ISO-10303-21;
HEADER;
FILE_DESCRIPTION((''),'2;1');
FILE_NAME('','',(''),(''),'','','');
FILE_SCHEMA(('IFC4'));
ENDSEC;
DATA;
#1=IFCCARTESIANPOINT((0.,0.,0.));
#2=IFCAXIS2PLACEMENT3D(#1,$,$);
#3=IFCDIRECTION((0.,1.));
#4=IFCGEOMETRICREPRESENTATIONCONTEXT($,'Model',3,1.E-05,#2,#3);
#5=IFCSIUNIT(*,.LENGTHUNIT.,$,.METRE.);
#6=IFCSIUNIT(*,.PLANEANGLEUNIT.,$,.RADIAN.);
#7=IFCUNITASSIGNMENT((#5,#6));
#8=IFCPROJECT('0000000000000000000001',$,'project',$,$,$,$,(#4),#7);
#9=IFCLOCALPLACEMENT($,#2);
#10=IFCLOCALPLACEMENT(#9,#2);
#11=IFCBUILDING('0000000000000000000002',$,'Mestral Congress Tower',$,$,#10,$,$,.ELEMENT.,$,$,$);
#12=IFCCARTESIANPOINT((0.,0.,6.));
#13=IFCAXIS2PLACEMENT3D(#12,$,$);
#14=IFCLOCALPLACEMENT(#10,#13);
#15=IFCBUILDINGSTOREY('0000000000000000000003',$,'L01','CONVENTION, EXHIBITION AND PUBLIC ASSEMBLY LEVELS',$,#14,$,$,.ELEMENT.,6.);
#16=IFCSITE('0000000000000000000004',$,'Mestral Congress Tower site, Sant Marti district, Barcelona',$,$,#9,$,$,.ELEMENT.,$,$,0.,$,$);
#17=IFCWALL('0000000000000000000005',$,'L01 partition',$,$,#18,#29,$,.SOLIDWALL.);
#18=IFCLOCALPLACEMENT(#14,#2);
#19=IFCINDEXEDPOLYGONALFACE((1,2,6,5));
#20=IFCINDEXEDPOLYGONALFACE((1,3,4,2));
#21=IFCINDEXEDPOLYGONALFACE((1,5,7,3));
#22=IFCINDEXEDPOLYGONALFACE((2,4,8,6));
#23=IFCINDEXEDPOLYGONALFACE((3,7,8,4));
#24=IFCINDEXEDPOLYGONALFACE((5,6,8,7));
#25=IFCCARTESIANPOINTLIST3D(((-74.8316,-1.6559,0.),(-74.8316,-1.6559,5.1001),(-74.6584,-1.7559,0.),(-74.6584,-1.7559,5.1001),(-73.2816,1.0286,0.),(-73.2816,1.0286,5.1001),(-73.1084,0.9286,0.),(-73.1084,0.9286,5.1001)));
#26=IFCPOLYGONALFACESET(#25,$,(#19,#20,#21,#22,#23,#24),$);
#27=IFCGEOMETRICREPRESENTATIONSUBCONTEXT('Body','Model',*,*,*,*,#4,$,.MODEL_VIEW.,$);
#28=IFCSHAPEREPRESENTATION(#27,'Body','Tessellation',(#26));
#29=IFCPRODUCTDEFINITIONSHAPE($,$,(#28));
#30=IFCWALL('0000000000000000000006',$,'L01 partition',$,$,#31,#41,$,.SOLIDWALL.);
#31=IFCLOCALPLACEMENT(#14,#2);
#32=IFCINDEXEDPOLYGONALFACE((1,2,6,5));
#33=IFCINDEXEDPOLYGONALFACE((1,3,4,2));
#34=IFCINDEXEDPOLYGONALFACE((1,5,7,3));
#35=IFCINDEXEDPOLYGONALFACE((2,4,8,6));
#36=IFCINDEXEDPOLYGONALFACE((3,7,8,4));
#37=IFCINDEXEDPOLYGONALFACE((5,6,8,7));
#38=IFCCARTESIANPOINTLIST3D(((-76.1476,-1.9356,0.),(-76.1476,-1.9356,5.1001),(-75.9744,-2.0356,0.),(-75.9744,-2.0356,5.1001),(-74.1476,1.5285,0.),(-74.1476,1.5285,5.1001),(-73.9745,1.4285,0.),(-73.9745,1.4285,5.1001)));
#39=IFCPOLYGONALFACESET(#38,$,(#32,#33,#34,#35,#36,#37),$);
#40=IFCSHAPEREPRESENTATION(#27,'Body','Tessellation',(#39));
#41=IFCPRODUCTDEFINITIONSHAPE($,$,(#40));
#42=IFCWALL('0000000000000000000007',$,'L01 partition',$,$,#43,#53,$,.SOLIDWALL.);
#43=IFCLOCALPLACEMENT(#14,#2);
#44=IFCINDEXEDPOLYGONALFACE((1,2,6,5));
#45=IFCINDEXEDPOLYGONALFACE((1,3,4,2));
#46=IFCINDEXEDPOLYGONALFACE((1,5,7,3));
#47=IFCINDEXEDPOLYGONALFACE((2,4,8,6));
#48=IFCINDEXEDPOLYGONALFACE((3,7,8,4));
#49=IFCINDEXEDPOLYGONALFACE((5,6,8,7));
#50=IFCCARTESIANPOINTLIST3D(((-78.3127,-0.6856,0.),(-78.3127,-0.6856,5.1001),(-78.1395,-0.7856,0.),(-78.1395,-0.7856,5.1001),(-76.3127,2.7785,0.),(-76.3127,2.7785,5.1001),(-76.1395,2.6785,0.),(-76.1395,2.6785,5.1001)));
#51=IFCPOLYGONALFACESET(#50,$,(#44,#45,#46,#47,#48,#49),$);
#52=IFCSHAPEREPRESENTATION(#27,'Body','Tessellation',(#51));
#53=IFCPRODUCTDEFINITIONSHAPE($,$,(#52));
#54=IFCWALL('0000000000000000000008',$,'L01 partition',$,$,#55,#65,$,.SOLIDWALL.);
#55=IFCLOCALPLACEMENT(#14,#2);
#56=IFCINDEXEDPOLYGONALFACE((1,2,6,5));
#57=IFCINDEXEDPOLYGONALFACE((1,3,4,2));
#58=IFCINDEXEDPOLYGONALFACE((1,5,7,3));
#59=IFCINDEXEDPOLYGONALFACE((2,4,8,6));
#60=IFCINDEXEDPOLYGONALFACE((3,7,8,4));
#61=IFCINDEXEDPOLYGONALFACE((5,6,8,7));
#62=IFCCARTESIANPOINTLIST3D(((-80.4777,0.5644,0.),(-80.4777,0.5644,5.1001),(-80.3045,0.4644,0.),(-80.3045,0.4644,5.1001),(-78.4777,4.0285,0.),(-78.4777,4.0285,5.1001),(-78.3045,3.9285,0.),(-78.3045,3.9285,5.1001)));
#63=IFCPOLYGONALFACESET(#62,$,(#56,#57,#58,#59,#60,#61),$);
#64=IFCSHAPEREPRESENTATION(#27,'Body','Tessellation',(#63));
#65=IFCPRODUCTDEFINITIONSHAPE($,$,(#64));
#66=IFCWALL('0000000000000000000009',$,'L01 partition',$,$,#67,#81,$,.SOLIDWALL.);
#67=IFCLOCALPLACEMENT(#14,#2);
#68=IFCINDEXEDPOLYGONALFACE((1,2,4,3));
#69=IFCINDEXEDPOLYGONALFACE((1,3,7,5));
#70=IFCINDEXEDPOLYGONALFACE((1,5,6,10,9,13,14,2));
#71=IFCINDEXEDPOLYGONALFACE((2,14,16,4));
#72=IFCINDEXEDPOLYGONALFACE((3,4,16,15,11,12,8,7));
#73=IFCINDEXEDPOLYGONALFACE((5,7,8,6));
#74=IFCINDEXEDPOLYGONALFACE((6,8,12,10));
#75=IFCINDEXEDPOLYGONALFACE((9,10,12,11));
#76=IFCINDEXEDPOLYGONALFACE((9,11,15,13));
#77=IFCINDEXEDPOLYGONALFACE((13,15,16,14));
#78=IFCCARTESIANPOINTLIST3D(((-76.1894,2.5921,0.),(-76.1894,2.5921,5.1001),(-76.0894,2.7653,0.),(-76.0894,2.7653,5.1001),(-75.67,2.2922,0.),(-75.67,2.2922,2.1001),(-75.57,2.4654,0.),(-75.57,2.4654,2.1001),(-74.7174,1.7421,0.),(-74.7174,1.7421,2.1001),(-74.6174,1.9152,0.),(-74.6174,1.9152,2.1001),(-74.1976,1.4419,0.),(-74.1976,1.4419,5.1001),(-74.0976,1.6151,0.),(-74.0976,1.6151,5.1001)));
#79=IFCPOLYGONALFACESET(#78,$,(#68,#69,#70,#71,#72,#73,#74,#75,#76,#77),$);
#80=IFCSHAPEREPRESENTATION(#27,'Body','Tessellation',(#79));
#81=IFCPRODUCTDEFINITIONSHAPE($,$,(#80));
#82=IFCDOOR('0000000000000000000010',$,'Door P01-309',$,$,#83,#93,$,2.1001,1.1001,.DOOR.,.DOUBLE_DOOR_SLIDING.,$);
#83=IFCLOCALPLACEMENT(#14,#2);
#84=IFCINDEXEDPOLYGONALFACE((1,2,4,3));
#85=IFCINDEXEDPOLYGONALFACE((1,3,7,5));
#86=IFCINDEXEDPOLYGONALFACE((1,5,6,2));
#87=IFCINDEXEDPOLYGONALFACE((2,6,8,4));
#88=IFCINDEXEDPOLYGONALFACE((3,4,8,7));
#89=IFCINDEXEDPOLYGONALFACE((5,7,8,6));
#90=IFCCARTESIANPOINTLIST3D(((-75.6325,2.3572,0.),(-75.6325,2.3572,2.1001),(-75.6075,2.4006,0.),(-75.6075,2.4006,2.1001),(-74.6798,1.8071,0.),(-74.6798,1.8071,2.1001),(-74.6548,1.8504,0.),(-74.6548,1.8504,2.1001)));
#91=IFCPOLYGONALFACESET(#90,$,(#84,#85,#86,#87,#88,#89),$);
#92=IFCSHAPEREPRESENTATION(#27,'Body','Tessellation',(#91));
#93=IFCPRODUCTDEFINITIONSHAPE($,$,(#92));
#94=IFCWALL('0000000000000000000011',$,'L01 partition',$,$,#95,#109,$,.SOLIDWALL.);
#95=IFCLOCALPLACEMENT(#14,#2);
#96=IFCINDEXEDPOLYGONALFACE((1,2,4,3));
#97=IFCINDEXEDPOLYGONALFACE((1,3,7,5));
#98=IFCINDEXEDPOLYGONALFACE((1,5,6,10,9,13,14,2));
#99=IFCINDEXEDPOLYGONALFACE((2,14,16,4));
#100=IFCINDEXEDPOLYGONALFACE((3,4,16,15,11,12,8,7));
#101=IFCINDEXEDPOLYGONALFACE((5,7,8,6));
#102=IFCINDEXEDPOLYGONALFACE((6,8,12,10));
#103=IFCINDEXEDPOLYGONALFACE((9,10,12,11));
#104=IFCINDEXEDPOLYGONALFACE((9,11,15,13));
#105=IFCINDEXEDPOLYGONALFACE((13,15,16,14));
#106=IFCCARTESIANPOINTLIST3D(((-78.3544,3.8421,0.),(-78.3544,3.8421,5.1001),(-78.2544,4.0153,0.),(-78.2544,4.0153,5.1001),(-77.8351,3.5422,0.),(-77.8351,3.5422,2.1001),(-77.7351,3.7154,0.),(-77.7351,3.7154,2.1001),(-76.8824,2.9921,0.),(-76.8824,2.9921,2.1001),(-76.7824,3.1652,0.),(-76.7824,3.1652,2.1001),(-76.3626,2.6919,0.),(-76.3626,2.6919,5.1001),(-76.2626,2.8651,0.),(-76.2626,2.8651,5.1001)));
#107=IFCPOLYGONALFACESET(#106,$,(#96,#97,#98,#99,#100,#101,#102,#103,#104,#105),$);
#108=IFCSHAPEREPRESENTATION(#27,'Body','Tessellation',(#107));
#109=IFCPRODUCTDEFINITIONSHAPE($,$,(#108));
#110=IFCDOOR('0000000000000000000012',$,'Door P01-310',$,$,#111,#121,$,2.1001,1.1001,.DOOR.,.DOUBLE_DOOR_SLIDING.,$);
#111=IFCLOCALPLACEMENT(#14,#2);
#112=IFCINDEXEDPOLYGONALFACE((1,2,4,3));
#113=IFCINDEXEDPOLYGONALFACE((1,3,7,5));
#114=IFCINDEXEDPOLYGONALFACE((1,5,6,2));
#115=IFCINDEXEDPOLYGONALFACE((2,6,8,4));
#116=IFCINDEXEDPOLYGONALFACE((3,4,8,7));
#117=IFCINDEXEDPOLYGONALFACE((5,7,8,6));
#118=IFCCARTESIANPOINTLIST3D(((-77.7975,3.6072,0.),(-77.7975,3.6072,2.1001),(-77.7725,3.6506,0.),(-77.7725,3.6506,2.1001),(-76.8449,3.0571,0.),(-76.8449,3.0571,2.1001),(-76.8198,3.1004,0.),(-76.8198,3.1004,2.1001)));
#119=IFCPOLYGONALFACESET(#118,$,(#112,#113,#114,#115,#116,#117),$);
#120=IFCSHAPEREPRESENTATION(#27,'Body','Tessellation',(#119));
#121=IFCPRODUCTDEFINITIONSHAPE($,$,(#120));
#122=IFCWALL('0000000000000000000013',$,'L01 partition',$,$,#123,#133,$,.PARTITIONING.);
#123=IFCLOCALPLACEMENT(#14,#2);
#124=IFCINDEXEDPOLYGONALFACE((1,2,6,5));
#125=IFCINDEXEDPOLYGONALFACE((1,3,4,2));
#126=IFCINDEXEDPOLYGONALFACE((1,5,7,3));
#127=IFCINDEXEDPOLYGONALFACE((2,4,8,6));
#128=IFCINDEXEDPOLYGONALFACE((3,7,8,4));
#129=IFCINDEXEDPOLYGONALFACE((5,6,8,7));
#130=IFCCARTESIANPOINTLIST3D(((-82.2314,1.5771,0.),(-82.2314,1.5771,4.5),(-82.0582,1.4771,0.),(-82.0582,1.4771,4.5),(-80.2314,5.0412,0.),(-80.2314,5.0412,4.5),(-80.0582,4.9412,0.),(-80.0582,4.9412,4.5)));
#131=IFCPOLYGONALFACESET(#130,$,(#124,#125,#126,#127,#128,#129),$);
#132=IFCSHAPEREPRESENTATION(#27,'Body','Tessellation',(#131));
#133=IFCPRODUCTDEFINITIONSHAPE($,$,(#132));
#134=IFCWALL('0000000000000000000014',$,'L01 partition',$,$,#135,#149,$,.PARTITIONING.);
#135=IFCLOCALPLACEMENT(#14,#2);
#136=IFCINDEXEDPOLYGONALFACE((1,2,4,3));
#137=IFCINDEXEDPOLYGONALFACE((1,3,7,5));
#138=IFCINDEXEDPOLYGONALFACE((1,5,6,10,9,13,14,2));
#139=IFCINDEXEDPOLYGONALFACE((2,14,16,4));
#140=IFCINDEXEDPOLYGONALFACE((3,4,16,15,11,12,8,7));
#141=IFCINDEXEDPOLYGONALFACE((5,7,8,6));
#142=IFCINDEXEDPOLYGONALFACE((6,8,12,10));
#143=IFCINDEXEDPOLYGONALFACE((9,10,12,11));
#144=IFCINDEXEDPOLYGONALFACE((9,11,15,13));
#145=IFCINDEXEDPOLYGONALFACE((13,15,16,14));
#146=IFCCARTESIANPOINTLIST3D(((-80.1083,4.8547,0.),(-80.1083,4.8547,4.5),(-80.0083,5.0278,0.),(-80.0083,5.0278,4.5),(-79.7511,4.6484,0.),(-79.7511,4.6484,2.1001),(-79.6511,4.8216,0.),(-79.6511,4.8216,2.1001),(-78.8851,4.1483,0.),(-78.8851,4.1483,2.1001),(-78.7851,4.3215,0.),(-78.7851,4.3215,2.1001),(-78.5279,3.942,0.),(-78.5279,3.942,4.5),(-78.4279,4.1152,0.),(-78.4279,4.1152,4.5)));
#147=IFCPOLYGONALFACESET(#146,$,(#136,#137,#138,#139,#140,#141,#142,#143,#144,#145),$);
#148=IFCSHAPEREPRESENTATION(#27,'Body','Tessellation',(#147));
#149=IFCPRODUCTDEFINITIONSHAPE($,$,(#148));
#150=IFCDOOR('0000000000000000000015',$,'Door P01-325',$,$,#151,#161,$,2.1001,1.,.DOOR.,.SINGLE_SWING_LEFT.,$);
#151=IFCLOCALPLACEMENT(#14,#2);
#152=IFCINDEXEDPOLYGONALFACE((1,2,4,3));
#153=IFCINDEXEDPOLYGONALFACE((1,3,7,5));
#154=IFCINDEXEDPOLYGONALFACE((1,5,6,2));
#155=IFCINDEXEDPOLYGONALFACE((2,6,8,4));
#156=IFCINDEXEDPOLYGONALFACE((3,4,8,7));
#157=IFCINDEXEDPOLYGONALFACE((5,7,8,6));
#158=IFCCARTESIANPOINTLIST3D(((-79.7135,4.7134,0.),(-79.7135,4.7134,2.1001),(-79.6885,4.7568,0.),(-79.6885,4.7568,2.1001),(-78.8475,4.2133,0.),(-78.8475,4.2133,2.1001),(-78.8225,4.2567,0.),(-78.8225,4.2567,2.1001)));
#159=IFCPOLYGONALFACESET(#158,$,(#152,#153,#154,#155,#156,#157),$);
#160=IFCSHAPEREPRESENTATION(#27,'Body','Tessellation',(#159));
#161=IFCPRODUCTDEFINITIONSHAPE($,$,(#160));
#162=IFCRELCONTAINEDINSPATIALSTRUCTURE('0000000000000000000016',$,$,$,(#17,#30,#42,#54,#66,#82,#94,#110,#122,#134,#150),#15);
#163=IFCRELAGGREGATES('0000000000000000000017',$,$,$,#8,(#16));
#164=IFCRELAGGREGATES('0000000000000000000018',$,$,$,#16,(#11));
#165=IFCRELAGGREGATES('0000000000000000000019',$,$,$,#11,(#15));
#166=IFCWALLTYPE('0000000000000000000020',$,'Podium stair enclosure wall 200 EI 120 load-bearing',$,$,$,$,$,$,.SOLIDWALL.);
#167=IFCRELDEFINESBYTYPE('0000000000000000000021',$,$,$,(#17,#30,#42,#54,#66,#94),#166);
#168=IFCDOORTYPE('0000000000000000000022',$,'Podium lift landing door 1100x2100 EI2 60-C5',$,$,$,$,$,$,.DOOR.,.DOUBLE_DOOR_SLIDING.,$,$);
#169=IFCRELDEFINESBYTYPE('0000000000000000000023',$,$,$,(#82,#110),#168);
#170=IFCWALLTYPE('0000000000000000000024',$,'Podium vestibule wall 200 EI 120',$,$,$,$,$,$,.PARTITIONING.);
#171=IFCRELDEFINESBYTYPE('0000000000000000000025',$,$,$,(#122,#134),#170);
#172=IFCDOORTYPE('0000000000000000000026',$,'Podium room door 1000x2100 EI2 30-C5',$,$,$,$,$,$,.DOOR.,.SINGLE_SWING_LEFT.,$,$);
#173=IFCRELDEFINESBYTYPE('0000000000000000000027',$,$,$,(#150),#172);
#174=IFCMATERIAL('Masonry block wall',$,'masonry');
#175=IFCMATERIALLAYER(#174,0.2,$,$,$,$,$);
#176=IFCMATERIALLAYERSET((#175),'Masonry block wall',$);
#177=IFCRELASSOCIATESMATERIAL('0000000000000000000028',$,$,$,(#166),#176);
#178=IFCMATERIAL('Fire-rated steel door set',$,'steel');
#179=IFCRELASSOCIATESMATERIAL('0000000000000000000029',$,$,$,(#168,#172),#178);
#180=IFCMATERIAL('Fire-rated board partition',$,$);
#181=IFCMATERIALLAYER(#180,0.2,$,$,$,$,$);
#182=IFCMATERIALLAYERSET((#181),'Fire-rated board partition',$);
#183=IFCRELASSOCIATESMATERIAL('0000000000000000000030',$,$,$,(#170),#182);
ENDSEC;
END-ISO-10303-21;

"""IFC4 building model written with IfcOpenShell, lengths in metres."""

from ifc_helpers import new_model, si_unit, direction, frame, frame_2d, origin, place, context, subcontext, project, spatial, rectangle, extrude, material, layer, layer_set, type_object, element, fill, save


model = new_model("IFC4")

# Units and contexts
model_context = context("Model", 3, precision=1e-05, world=origin(), true_north=direction((0.0, 1.0)))
body_context = subcontext(model_context, "Body", "Model", "MODEL_VIEW")
ifc_project = project(units=[si_unit("LENGTHUNIT", "METRE"), si_unit("PLANEANGLEUNIT", "RADIAN")], contexts=[model_context])

# Site, building, storey
site_placement = place(None, origin())
site = spatial("IfcSite", under=ifc_project, at=site_placement, Name="Mestral Congress Tower site, Sant Marti district, Barcelona", CompositionType="ELEMENT", RefElevation=0.0)
building_placement = place(site_placement, origin())
building = spatial("IfcBuilding", under=site, at=building_placement, Name="Mestral Congress Tower", CompositionType="ELEMENT")
storey_placement = place(building_placement, frame((0.0, 0.0, 6.0)))
storey = spatial("IfcBuildingStorey", under=building, at=storey_placement, Name="L01", Description="CONVENTION, EXHIBITION AND PUBLIC ASSEMBLY LEVELS", CompositionType="ELEMENT", Elevation=6.0)

# Walls
ifc_material_1 = material(Name="Masonry block wall", Category="masonry")
ifc_layer_1 = layer(ifc_material_1, 0.2)
ifc_layer_set_1 = layer_set([ifc_layer_1], Name="Masonry block wall")
wall_type_1 = type_object("IfcWallType", Name="Podium stair enclosure wall 200 EI 120 load-bearing", PredefinedType="SOLIDWALL", material=ifc_layer_set_1)
wall_1_placement = place(storey_placement, frame((-73.1951, 0.9785, 0.0), z_axis=(0.0, 0.0, 1.0), x_axis=(-0.500027, -0.86601, 0.0)))
element("IfcWall", 1, at=wall_1_placement, inside=storey, type_object=wall_type_1, Name="L01 partition", PredefinedType="SOLIDWALL", context=body_context, shape_type="SweptSolid", body=[
    extrude(rectangle(XDim=3.0999, YDim=0.2, at=frame_2d((1.5498, 0.0))), origin(), (0.0, 0.0, 1.0), 5.1001),
])
for number, where, z_axis, x_axis, name in (
    (2, (-74.061, 1.4785, 0.0), (0.0, 0.0, 1.0), (-0.499999, -0.866026, 0.0), "L01 partition"),
    (3, (-76.2261, 2.7285, 0.0), (0.0, 0.0, 1.0), (-0.499999, -0.866026, 0.0), "L01 partition"),
    (4, (-78.3911, 3.9785, 0.0), (0.0, 0.0, 1.0), (-0.499999, -0.866026, 0.0), "L01 partition"),
):
    element("IfcWall", number, at=place(storey_placement, frame(where, z_axis=z_axis, x_axis=x_axis)), inside=storey, type_object=wall_type_1, Name=name, PredefinedType="SOLIDWALL", context=body_context, shape_type="SweptSolid", body=[
        extrude(rectangle(XDim=4.0, YDim=0.2, at=frame_2d((2.0, 0.0))), origin(), (0.0, 0.0, 1.0), 5.1001),
    ])

# Walls, openings, doors
wall_2_placement = place(storey_placement, frame((-74.1477, 1.5286, 0.0), z_axis=(0.0, 0.0, 1.0), x_axis=(-0.865981, 0.500078, 0.0)))
wall_2 = element("IfcWall", 5, at=wall_2_placement, inside=storey, type_object=wall_type_1, Name="L01 partition", PredefinedType="SOLIDWALL", context=body_context, shape_type="SweptSolid", body=[
    extrude(rectangle(XDim=2.3, YDim=0.2, at=frame_2d((1.1499, 0.0))), origin(), (0.0, 0.0, 1.0), 5.1001),
])
opening_1_placement = place(wall_2_placement, frame((0.6001, 0.0, 0.0)))
opening_1 = element("IfcOpeningElement", 6, at=opening_1_placement, cuts=wall_2, PredefinedType="OPENING", context=body_context, shape_type="SweptSolid", body=[
    extrude(rectangle(XDim=1.1001, YDim=2.1001, at=frame_2d((0.55, 1.05))), frame((0.0, 0.1099, 0.0), z_axis=(0.0, -1.0, 0.0), x_axis=(1.0, 0.0, 0.0)), (0.0, 0.0, 1.0), 0.22),
])
ifc_material_2 = material(Name="Fire-rated steel door set", Category="steel")
door_type_1 = type_object("IfcDoorType", Name="Podium lift landing door 1100x2100 EI2 60-C5", OperationType="DOUBLE_DOOR_SLIDING", PredefinedType="DOOR", material=ifc_material_2)
door_1_placement = place(opening_1_placement, origin())
door_1 = element("IfcDoor", 7, at=door_1_placement, inside=storey, type_object=door_type_1, Name="Door P01-309", OperationType="DOUBLE_DOOR_SLIDING", OverallHeight=2.1001, OverallWidth=1.1001, PredefinedType="DOOR", context=body_context, shape_type="SweptSolid", body=[
    extrude(rectangle(XDim=1.1001, YDim=2.1001, at=frame_2d((0.55, 1.05))), frame((0.0, 0.0249, 0.0), z_axis=(0.0, -1.0, 0.0), x_axis=(1.0, 0.0, 0.0)), (0.0, 0.0, 1.0), 0.05),
])
fill(opening_1, door_1)
wall_3_placement = place(storey_placement, frame((-76.3127, 2.7786, 0.0), z_axis=(0.0, 0.0, 1.0), x_axis=(-0.865981, 0.500078, 0.0)))
wall_3 = element("IfcWall", 8, at=wall_3_placement, inside=storey, type_object=wall_type_1, Name="L01 partition", PredefinedType="SOLIDWALL", context=body_context, shape_type="SweptSolid", body=[
    extrude(rectangle(XDim=2.3, YDim=0.2, at=frame_2d((1.1499, 0.0))), origin(), (0.0, 0.0, 1.0), 5.1001),
])
opening_2_placement = place(wall_3_placement, frame((0.6001, 0.0, 0.0)))
opening_2 = element("IfcOpeningElement", 9, at=opening_2_placement, cuts=wall_3, PredefinedType="OPENING", context=body_context, shape_type="SweptSolid", body=[
    extrude(rectangle(XDim=1.1001, YDim=2.1001, at=frame_2d((0.55, 1.05))), frame((0.0, 0.1099, 0.0), z_axis=(0.0, -1.0, 0.0), x_axis=(1.0, 0.0, 0.0)), (0.0, 0.0, 1.0), 0.22),
])
door_2_placement = place(opening_2_placement, origin())
door_2 = element("IfcDoor", 10, at=door_2_placement, inside=storey, type_object=door_type_1, Name="Door P01-310", OperationType="DOUBLE_DOOR_SLIDING", OverallHeight=2.1001, OverallWidth=1.1001, PredefinedType="DOOR", context=body_context, shape_type="SweptSolid", body=[
    extrude(rectangle(XDim=1.1001, YDim=2.1001, at=frame_2d((0.55, 1.05))), frame((0.0, 0.0249, 0.0), z_axis=(0.0, -1.0, 0.0), x_axis=(1.0, 0.0, 0.0)), (0.0, 0.0, 1.0), 0.05),
])
fill(opening_2, door_2)

# Wall
ifc_material_3 = material(Name="Fire-rated board partition")
ifc_layer_2 = layer(ifc_material_3, 0.2)
ifc_layer_set_2 = layer_set([ifc_layer_2], Name="Fire-rated board partition")
wall_type_2 = type_object("IfcWallType", Name="Podium vestibule wall 200 EI 120", PredefinedType="PARTITIONING", material=ifc_layer_set_2)
wall_4_placement = place(storey_placement, frame((-80.1448, 4.9912, 0.0), z_axis=(0.0, 0.0, 1.0), x_axis=(-0.499999, -0.866026, 0.0)))
element("IfcWall", 11, at=wall_4_placement, inside=storey, type_object=wall_type_2, Name="L01 partition", PredefinedType="PARTITIONING", context=body_context, shape_type="SweptSolid", body=[
    extrude(rectangle(XDim=4.0, YDim=0.2, at=frame_2d((2.0, 0.0))), origin(), (0.0, 0.0, 1.0), 4.5),
])

# Wall, opening, door
wall_5_placement = place(storey_placement, frame((-78.4778, 4.0286, 0.0), z_axis=(0.0, 0.0, 1.0), x_axis=(-0.865978, 0.500081, 0.0)))
wall_5 = element("IfcWall", 12, at=wall_5_placement, inside=storey, type_object=wall_type_2, Name="L01 partition", PredefinedType="PARTITIONING", context=body_context, shape_type="SweptSolid", body=[
    extrude(rectangle(XDim=1.825, YDim=0.2, at=frame_2d((0.9126, 0.0))), origin(), (0.0, 0.0, 1.0), 4.5),
])
opening_3_placement = place(wall_5_placement, frame((0.4126, 0.0, 0.0)))
opening_3 = element("IfcOpeningElement", 13, at=opening_3_placement, cuts=wall_5, PredefinedType="OPENING", context=body_context, shape_type="SweptSolid", body=[
    extrude(rectangle(XDim=1.0, YDim=2.1001, at=frame_2d((0.5, 1.05))), frame((0.0, 0.1099, 0.0), z_axis=(0.0, -1.0, 0.0), x_axis=(1.0, 0.0, 0.0)), (0.0, 0.0, 1.0), 0.22),
])
door_type_2 = type_object("IfcDoorType", Name="Podium room door 1000x2100 EI2 30-C5", OperationType="SINGLE_SWING_LEFT", PredefinedType="DOOR", material=ifc_material_2)
door_3_placement = place(opening_3_placement, origin())
door_3 = element("IfcDoor", 14, at=door_3_placement, inside=storey, type_object=door_type_2, Name="Door P01-325", OperationType="SINGLE_SWING_LEFT", OverallHeight=2.1001, OverallWidth=1.0, PredefinedType="DOOR", context=body_context, shape_type="SweptSolid", body=[
    extrude(rectangle(XDim=1.0, YDim=2.1001, at=frame_2d((0.5, 1.05))), frame((0.0, 0.0249, 0.0), z_axis=(0.0, -1.0, 0.0), x_axis=(1.0, 0.0, 0.0)), (0.0, 0.0, 1.0), 0.05),
])
fill(opening_3, door_3)

save(model, "model.ifc")
